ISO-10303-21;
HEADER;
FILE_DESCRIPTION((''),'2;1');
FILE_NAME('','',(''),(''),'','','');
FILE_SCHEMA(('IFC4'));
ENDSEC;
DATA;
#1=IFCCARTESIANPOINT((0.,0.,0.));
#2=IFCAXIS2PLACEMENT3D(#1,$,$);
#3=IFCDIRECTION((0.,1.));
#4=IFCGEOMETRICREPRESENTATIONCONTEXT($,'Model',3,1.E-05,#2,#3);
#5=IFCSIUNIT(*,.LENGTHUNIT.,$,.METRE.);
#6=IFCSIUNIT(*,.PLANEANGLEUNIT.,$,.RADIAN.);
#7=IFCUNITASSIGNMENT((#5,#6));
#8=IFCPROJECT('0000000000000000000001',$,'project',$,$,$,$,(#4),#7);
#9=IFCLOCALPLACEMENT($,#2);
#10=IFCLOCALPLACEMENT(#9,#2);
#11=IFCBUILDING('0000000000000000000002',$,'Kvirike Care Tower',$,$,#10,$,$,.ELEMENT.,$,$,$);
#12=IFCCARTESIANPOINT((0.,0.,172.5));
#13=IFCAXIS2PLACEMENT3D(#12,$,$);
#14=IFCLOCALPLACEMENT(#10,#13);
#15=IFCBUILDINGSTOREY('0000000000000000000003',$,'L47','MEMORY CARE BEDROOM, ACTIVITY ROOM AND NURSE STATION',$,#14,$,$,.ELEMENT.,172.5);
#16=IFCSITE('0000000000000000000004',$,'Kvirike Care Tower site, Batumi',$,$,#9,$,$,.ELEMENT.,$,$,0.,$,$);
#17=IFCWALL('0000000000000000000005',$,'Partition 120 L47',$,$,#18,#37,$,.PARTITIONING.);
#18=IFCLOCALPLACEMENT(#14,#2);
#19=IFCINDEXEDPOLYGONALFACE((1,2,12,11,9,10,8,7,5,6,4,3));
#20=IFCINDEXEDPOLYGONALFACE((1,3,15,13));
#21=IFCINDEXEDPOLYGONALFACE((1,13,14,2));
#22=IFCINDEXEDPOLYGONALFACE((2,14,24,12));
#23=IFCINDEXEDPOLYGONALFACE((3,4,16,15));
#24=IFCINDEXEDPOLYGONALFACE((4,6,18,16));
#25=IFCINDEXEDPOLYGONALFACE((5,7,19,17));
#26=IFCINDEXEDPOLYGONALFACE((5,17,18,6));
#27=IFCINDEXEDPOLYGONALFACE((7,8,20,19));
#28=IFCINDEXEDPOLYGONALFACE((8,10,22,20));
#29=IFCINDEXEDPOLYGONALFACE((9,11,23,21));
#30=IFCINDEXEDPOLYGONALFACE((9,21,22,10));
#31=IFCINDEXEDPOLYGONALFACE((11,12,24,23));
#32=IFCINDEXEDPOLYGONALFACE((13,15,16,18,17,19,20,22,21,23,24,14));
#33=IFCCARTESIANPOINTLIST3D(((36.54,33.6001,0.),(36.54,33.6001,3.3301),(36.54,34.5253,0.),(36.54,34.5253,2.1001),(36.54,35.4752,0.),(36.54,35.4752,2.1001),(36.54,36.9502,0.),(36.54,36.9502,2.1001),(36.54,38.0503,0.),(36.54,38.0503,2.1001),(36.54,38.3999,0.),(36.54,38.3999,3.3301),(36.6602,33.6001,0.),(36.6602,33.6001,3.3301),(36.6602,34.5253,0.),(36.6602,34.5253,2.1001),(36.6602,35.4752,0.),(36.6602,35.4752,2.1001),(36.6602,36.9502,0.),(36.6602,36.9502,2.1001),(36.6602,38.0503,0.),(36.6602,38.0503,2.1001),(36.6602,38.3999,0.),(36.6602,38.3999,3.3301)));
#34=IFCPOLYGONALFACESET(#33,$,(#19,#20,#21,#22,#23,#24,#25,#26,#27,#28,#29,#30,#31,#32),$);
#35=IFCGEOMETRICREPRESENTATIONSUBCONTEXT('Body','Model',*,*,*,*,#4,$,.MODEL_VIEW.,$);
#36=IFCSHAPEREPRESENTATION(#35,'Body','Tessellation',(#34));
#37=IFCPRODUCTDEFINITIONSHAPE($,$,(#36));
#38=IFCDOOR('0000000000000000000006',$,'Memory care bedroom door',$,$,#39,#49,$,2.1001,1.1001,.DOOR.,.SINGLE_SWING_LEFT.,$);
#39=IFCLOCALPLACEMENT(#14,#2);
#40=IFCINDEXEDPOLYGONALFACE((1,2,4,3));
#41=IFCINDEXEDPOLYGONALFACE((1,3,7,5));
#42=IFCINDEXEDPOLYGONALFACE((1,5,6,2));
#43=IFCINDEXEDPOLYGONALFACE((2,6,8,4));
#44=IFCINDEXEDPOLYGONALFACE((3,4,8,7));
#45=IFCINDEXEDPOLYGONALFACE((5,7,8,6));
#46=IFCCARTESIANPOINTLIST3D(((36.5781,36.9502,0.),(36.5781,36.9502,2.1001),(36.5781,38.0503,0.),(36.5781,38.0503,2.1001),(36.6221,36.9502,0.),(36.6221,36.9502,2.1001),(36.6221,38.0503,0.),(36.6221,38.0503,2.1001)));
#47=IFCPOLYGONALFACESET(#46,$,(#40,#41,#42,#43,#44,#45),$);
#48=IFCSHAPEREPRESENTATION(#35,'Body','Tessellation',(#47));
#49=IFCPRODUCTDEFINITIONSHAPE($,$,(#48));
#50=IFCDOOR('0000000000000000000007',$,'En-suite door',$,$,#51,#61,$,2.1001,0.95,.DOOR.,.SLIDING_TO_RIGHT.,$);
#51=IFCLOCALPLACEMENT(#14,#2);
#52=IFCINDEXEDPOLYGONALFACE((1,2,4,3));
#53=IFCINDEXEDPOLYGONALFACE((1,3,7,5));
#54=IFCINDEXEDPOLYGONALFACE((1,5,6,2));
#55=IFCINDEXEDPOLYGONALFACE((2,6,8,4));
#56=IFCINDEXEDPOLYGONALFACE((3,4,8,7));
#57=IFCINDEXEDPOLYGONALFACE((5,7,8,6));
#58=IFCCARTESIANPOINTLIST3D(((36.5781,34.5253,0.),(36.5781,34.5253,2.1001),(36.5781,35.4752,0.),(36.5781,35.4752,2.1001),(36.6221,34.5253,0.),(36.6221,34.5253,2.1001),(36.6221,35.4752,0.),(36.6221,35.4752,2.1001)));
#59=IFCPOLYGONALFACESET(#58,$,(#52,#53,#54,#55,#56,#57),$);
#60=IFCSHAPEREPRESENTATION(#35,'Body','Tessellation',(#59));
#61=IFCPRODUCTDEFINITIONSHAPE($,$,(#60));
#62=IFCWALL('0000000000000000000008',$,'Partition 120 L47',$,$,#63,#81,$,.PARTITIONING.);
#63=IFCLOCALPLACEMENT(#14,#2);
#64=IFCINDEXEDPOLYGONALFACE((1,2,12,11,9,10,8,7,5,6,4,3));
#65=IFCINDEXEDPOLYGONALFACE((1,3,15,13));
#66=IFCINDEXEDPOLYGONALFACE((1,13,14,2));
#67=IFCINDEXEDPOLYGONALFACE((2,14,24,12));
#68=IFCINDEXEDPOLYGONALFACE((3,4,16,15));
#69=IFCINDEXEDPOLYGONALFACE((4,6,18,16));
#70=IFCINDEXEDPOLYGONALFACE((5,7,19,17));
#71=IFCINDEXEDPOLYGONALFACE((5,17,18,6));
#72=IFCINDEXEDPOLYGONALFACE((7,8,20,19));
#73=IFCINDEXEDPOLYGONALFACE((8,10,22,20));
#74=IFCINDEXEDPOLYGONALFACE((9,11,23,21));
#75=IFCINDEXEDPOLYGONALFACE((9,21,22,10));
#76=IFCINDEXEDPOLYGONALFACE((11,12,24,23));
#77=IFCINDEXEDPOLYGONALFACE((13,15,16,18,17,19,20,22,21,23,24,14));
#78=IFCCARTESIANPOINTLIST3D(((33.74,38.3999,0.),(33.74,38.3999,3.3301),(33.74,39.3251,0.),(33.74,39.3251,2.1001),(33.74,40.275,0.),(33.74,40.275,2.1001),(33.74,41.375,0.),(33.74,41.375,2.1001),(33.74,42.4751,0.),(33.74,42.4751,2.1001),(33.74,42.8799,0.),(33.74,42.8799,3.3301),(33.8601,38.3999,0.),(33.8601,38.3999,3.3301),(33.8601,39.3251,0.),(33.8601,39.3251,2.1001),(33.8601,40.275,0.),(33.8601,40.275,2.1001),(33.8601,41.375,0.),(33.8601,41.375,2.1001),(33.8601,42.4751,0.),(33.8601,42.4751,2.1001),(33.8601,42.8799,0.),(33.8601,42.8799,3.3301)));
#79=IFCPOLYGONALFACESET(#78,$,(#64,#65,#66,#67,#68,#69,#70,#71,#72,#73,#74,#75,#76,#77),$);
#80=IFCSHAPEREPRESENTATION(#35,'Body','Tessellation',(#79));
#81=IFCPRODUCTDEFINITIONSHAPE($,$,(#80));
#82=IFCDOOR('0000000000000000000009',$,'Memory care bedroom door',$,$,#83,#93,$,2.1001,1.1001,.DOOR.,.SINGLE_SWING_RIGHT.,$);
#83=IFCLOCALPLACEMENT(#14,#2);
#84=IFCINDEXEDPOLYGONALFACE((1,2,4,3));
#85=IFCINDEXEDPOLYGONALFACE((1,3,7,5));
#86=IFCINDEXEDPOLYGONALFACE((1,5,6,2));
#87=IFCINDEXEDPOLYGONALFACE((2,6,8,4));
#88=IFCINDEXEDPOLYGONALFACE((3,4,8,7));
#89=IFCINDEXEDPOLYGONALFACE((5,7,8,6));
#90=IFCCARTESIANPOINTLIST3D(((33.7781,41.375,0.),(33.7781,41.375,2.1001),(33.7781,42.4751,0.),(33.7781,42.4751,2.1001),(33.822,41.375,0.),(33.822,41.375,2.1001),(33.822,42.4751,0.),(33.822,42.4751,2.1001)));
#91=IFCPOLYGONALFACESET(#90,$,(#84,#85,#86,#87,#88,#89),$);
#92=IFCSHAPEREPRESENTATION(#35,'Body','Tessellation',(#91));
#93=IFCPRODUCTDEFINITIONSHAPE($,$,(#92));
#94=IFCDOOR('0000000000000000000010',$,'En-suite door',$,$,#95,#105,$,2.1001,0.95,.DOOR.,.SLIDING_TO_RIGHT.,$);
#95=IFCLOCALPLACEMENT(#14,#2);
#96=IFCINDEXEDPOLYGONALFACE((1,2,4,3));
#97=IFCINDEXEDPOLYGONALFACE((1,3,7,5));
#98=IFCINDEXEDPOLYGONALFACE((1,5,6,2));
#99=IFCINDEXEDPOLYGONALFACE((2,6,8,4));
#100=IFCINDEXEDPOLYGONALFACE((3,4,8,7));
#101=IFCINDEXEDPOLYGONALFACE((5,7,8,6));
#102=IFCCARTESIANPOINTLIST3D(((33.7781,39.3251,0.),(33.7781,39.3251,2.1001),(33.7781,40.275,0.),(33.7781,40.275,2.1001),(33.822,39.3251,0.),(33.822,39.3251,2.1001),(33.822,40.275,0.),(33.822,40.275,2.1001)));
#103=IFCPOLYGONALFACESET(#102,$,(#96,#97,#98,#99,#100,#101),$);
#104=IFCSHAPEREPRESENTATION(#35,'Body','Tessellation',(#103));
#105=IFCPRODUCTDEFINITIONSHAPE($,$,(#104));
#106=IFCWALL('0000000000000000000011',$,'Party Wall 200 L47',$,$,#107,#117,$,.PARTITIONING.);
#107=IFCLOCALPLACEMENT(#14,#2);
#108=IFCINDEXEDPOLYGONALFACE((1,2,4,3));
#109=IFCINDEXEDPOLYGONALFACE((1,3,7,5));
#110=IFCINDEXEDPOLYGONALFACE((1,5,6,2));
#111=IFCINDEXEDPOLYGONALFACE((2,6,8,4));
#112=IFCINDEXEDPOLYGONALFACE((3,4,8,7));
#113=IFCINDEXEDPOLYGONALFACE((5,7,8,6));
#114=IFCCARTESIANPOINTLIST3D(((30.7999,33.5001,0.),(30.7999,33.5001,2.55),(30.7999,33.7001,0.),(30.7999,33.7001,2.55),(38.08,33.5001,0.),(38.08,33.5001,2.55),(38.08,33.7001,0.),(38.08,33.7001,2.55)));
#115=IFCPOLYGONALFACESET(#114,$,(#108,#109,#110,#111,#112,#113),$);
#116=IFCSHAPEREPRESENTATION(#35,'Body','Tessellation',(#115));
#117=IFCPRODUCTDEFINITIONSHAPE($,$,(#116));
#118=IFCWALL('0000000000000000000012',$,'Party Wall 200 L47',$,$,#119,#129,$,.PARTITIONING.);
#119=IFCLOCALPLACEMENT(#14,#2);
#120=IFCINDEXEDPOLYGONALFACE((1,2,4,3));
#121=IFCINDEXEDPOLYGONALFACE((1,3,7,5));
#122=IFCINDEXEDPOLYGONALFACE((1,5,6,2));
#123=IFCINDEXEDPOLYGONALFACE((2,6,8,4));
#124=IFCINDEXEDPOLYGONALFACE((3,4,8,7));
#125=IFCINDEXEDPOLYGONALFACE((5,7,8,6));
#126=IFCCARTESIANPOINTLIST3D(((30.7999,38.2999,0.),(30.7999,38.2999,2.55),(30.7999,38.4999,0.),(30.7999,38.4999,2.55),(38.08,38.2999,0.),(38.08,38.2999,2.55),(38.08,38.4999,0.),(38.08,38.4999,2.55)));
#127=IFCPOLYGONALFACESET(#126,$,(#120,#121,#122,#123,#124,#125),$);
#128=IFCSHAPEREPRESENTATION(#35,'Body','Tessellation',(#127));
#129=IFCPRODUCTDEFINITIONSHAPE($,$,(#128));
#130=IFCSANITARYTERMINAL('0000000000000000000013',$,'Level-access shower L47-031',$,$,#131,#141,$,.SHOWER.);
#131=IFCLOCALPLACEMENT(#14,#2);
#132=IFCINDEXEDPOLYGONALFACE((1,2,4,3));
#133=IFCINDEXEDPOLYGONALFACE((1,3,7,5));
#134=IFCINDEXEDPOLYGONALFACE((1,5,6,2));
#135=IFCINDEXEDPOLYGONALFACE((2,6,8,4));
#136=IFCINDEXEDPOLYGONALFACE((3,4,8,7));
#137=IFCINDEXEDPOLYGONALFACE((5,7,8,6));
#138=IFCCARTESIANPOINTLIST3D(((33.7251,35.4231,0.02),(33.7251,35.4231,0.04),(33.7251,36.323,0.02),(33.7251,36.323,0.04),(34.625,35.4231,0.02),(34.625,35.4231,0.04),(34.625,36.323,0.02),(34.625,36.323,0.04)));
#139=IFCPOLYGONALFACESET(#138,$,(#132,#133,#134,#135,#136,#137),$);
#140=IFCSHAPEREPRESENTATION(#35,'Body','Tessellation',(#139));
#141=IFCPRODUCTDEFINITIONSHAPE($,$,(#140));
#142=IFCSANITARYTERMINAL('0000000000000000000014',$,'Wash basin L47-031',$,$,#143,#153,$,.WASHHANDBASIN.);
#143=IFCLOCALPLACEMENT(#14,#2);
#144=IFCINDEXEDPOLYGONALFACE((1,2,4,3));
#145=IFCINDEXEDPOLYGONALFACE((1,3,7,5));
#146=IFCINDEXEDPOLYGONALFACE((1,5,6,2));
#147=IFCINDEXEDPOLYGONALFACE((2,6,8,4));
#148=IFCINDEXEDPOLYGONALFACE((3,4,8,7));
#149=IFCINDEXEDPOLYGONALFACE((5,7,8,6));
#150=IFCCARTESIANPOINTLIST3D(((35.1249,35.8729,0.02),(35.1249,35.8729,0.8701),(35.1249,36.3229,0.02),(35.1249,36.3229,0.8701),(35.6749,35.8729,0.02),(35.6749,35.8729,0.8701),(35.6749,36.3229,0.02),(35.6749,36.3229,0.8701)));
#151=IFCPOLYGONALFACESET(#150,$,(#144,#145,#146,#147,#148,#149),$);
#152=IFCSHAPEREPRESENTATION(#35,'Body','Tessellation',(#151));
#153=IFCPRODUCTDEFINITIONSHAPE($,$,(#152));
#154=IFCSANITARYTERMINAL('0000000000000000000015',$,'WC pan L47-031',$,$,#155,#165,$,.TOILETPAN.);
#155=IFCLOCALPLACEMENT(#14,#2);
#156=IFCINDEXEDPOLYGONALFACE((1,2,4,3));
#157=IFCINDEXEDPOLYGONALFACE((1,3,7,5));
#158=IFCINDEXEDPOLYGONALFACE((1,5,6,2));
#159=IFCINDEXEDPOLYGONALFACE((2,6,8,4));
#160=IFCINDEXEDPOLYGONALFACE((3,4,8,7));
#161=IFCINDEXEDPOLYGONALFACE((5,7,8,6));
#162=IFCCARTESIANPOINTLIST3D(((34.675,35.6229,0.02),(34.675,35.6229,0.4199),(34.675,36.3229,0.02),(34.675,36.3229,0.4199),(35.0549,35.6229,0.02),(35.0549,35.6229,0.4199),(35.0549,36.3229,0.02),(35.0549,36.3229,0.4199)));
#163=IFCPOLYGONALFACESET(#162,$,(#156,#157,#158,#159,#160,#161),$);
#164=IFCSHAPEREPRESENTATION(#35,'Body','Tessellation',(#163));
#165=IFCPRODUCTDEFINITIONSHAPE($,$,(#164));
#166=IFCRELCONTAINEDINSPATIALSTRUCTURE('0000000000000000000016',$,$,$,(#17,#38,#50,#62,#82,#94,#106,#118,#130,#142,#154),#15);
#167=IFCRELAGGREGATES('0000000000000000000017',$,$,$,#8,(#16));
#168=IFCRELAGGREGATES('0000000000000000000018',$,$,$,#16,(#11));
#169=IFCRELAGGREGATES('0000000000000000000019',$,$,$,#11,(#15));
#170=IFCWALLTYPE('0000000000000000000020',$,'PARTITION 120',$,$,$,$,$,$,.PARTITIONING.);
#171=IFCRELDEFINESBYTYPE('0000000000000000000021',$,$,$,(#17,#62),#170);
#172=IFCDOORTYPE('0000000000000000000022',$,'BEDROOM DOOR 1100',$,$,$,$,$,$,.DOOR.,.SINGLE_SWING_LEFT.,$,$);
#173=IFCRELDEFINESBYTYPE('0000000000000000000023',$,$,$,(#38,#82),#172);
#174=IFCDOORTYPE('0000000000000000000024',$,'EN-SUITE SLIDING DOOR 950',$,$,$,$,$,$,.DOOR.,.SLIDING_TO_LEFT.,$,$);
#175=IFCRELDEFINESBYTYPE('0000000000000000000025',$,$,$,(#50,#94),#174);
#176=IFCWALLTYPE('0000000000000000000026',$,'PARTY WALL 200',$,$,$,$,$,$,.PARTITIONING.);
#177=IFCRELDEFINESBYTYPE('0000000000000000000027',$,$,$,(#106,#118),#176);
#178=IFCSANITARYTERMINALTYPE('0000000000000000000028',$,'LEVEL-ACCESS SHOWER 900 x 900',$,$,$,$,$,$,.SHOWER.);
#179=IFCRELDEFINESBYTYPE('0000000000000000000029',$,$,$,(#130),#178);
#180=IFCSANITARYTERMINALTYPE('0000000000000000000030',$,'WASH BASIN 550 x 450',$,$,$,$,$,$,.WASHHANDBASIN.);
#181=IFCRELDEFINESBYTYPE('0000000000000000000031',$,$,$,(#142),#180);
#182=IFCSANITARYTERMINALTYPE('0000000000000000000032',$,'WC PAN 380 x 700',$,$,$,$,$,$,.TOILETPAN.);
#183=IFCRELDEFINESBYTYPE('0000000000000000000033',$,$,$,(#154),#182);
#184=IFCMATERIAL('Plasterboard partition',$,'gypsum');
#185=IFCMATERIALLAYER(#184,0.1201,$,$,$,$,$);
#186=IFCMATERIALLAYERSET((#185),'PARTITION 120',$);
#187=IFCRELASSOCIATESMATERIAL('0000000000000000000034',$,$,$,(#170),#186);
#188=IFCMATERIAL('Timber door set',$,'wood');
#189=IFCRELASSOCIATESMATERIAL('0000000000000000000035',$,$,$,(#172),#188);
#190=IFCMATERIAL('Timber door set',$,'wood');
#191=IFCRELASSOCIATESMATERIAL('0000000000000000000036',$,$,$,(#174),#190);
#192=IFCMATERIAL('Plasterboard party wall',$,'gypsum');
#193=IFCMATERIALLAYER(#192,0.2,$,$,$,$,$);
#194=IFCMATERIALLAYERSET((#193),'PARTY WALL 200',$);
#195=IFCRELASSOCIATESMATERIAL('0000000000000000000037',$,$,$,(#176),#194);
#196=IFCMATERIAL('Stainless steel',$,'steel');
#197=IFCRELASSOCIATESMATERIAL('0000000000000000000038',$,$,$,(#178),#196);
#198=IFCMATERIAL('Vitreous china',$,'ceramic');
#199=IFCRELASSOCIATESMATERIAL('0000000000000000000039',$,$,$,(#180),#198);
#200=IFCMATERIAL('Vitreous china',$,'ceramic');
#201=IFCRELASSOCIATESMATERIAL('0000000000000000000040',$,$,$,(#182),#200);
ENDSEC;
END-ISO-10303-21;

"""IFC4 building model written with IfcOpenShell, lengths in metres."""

from ifc_helpers import new_model, si_unit, direction, frame, frame_2d, origin, origin_2d, place, context, subcontext, project, spatial, rectangle, extrude, material, layer, layer_set, type_object, element, fill, save


model = new_model("IFC4")

# Units and contexts
model_context = context("Model", 3, precision=1e-05, world=origin(), true_north=direction((0.0, 1.0)))
body_context = subcontext(model_context, "Body", "Model", "MODEL_VIEW")
ifc_project = project(units=[si_unit("LENGTHUNIT", "METRE"), si_unit("PLANEANGLEUNIT", "RADIAN")], contexts=[model_context])

# Site, building, storey
site_placement = place(None, origin())
site = spatial("IfcSite", under=ifc_project, at=site_placement, Name="Kvirike Care Tower site, Batumi", CompositionType="ELEMENT", RefElevation=0.0)
building_placement = place(site_placement, origin())
building = spatial("IfcBuilding", under=site, at=building_placement, Name="Kvirike Care Tower", CompositionType="ELEMENT")
storey_placement = place(building_placement, frame((0.0, 0.0, 172.5)))
storey = spatial("IfcBuildingStorey", under=building, at=storey_placement, Name="L47", Description="MEMORY CARE BEDROOM, ACTIVITY ROOM AND NURSE STATION", CompositionType="ELEMENT", Elevation=172.5)

# Walls, openings, doors
ifc_material_1 = material(Name="Plasterboard partition", Category="gypsum")
ifc_layer_1 = layer(ifc_material_1, 0.1201)
ifc_layer_set_1 = layer_set([ifc_layer_1], Name="PARTITION 120")
wall_type_1 = type_object("IfcWallType", Name="PARTITION 120", PredefinedType="PARTITIONING", material=ifc_layer_set_1)
wall_1_placement = place(storey_placement, frame((36.6001, 33.6001, 0.0), z_axis=(0.0, 0.0, 1.0), x_axis=(0.0, 1.0, 0.0)))
wall_1 = element("IfcWall", 1, at=wall_1_placement, inside=storey, type_object=wall_type_1, Name="Partition 120 L47", PredefinedType="PARTITIONING", context=body_context, shape_type="SweptSolid", body=[
    extrude(rectangle(XDim=4.7998, YDim=0.1201, at=frame_2d((2.3999, 0.0))), origin(), (0.0, 0.0, 1.0), 3.3301),
])
opening_1_placement = place(wall_1_placement, frame((3.3501, 0.0, 0.0)))
opening_1 = element("IfcOpeningElement", 2, at=opening_1_placement, cuts=wall_1, PredefinedType="OPENING", context=body_context, shape_type="SweptSolid", body=[
    extrude(rectangle(XDim=1.1001, YDim=2.1001, at=frame_2d((0.55, 1.05))), frame((0.0, 0.0706, 0.0), z_axis=(0.0, -1.0, 0.0), x_axis=(1.0, 0.0, 0.0)), (0.0, 0.0, 1.0), 0.1411),
])
opening_2_placement = place(wall_1_placement, frame((0.925, 0.0, 0.0)))
opening_2 = element("IfcOpeningElement", 3, at=opening_2_placement, cuts=wall_1, PredefinedType="OPENING", context=body_context, shape_type="SweptSolid", body=[
    extrude(rectangle(XDim=0.95, YDim=2.1001, at=frame_2d((0.4751, 1.05))), frame((0.0, 0.0706, 0.0), z_axis=(0.0, -1.0, 0.0), x_axis=(1.0, 0.0, 0.0)), (0.0, 0.0, 1.0), 0.1411),
])
ifc_material_2 = material(Name="Timber door set", Category="wood")
door_type_1 = type_object("IfcDoorType", Name="BEDROOM DOOR 1100", OperationType="SINGLE_SWING_LEFT", PredefinedType="DOOR", material=ifc_material_2)
door_1_placement = place(opening_1_placement, origin())
door_1 = element("IfcDoor", 4, at=door_1_placement, inside=storey, type_object=door_type_1, Name="Memory care bedroom door", OperationType="SINGLE_SWING_LEFT", OverallHeight=2.1001, OverallWidth=1.1001, PredefinedType="DOOR", context=body_context, shape_type="SweptSolid", body=[
    extrude(rectangle(XDim=1.1001, YDim=2.1001, at=frame_2d((0.55, 1.05))), frame((0.0, 0.022, 0.0), z_axis=(0.0, -1.0, 0.0), x_axis=(1.0, 0.0, 0.0)), (0.0, 0.0, 1.0), 0.0439),
])
fill(opening_1, door_1)
ifc_material_3 = material(Name="Timber door set", Category="wood")
door_type_2 = type_object("IfcDoorType", Name="EN-SUITE SLIDING DOOR 950", OperationType="SLIDING_TO_LEFT", PredefinedType="DOOR", material=ifc_material_3)
door_2_placement = place(opening_2_placement, origin())
door_2 = element("IfcDoor", 5, at=door_2_placement, inside=storey, type_object=door_type_2, Name="En-suite door", OperationType="SLIDING_TO_RIGHT", OverallHeight=2.1001, OverallWidth=0.95, PredefinedType="DOOR", context=body_context, shape_type="SweptSolid", body=[
    extrude(rectangle(XDim=0.95, YDim=2.1001, at=frame_2d((0.4751, 1.05))), frame((0.0, 0.022, 0.0), z_axis=(0.0, -1.0, 0.0), x_axis=(1.0, 0.0, 0.0)), (0.0, 0.0, 1.0), 0.0439),
])
fill(opening_2, door_2)
wall_2_placement = place(storey_placement, frame((33.8, 38.3999, 0.0), z_axis=(0.0, 0.0, 1.0), x_axis=(0.0, 1.0, 0.0)))
wall_2 = element("IfcWall", 6, at=wall_2_placement, inside=storey, type_object=wall_type_1, Name="Partition 120 L47", PredefinedType="PARTITIONING", context=body_context, shape_type="SweptSolid", body=[
    extrude(rectangle(XDim=4.48, YDim=0.1201, at=frame_2d((2.24, 0.0))), origin(), (0.0, 0.0, 1.0), 3.3301),
])
opening_3_placement = place(wall_2_placement, frame((2.9751, 0.0, 0.0)))
opening_3 = element("IfcOpeningElement", 7, at=opening_3_placement, cuts=wall_2, PredefinedType="OPENING", context=body_context, shape_type="SweptSolid", body=[
    extrude(rectangle(XDim=1.1001, YDim=2.1001, at=frame_2d((0.55, 1.05))), frame((0.0, 0.0706, 0.0), z_axis=(0.0, -1.0, 0.0), x_axis=(1.0, 0.0, 0.0)), (0.0, 0.0, 1.0), 0.1411),
])
opening_4_placement = place(wall_2_placement, frame((0.925, 0.0, 0.0)))
opening_4 = element("IfcOpeningElement", 8, at=opening_4_placement, cuts=wall_2, PredefinedType="OPENING", context=body_context, shape_type="SweptSolid", body=[
    extrude(rectangle(XDim=0.95, YDim=2.1001, at=frame_2d((0.4751, 1.05))), frame((0.0, 0.0706, 0.0), z_axis=(0.0, -1.0, 0.0), x_axis=(1.0, 0.0, 0.0)), (0.0, 0.0, 1.0), 0.1411),
])
door_3_placement = place(opening_3_placement, origin())
door_3 = element("IfcDoor", 9, at=door_3_placement, inside=storey, type_object=door_type_1, Name="Memory care bedroom door", OperationType="SINGLE_SWING_RIGHT", OverallHeight=2.1001, OverallWidth=1.1001, PredefinedType="DOOR", context=body_context, shape_type="SweptSolid", body=[
    extrude(rectangle(XDim=1.1001, YDim=2.1001, at=frame_2d((0.55, 1.05))), frame((0.0, 0.022, 0.0), z_axis=(0.0, -1.0, 0.0), x_axis=(1.0, 0.0, 0.0)), (0.0, 0.0, 1.0), 0.0439),
])
fill(opening_3, door_3)
door_4_placement = place(opening_4_placement, origin())
door_4 = element("IfcDoor", 10, at=door_4_placement, inside=storey, type_object=door_type_2, Name="En-suite door", OperationType="SLIDING_TO_RIGHT", OverallHeight=2.1001, OverallWidth=0.95, PredefinedType="DOOR", context=body_context, shape_type="SweptSolid", body=[
    extrude(rectangle(XDim=0.95, YDim=2.1001, at=frame_2d((0.4751, 1.05))), frame((0.0, 0.022, 0.0), z_axis=(0.0, -1.0, 0.0), x_axis=(1.0, 0.0, 0.0)), (0.0, 0.0, 1.0), 0.0439),
])
fill(opening_4, door_4)

# Walls
ifc_material_4 = material(Name="Plasterboard party wall", Category="gypsum")
ifc_layer_2 = layer(ifc_material_4, 0.2)
ifc_layer_set_2 = layer_set([ifc_layer_2], Name="PARTY WALL 200")
wall_type_2 = type_object("IfcWallType", Name="PARTY WALL 200", PredefinedType="PARTITIONING", material=ifc_layer_set_2)
for number, where, z_axis, x_axis, name in (
    (11, (38.0801, 33.6001, 0.0), (0.0, 0.0, 1.0), (-1.0, 0.0, 0.0), "Party Wall 200 L47"),
    (12, (38.0801, 38.3999, 0.0), (0.0, 0.0, 1.0), (-1.0, 0.0, 0.0), "Party Wall 200 L47"),
):
    element("IfcWall", number, at=place(storey_placement, frame(where, z_axis=z_axis, x_axis=x_axis)), inside=storey, type_object=wall_type_2, Name=name, PredefinedType="PARTITIONING", context=body_context, shape_type="SweptSolid", body=[
        extrude(rectangle(XDim=7.28, YDim=0.2, at=frame_2d((3.6401, 0.0))), origin(), (0.0, 0.0, 1.0), 2.55),
    ])

# Sanitary terminals
ifc_material_5 = material(Name="Stainless steel", Category="steel")
sanitary_terminal_type_1 = type_object("IfcSanitaryTerminalType", Name="LEVEL-ACCESS SHOWER 900 x 900", PredefinedType="SHOWER", material=ifc_material_5)
sanitary_terminal_1_placement = place(storey_placement, frame((34.175, 35.873, 0.02), z_axis=(0.0, 0.0, 1.0), x_axis=(1.0, 0.0, 0.0)))
element("IfcSanitaryTerminal", 13, at=sanitary_terminal_1_placement, inside=storey, type_object=sanitary_terminal_type_1, Name="Level-access shower L47-031", PredefinedType="SHOWER", context=body_context, shape_type="SweptSolid", body=[
    extrude(rectangle(XDim=0.8999, YDim=0.8999, at=origin_2d()), origin(), (0.0, 0.0, 1.0), 0.02),
])
ifc_material_6 = material(Name="Vitreous china", Category="ceramic")
sanitary_terminal_type_2 = type_object("IfcSanitaryTerminalType", Name="WASH BASIN 550 x 450", PredefinedType="WASHHANDBASIN", material=ifc_material_6)
sanitary_terminal_2_placement = place(storey_placement, frame((35.3999, 36.0979, 0.02), z_axis=(0.0, 0.0, 1.0), x_axis=(1.0, 0.0, 0.0)))
element("IfcSanitaryTerminal", 14, at=sanitary_terminal_2_placement, inside=storey, type_object=sanitary_terminal_type_2, Name="Wash basin L47-031", PredefinedType="WASHHANDBASIN", context=body_context, shape_type="SweptSolid", body=[
    extrude(rectangle(XDim=0.55, YDim=0.45, at=origin_2d()), origin(), (0.0, 0.0, 1.0), 0.8501),
])
ifc_material_7 = material(Name="Vitreous china", Category="ceramic")
sanitary_terminal_type_3 = type_object("IfcSanitaryTerminalType", Name="WC PAN 380 x 700", PredefinedType="TOILETPAN", material=ifc_material_7)
sanitary_terminal_3_placement = place(storey_placement, frame((34.865, 35.9729, 0.02), z_axis=(0.0, 0.0, 1.0), x_axis=(1.0, 0.0, 0.0)))
element("IfcSanitaryTerminal", 15, at=sanitary_terminal_3_placement, inside=storey, type_object=sanitary_terminal_type_3, Name="WC pan L47-031", PredefinedType="TOILETPAN", context=body_context, shape_type="SweptSolid", body=[
    extrude(rectangle(XDim=0.3799, YDim=0.7, at=origin_2d()), origin(), (0.0, 0.0, 1.0), 0.3999),
])

save(model, "model.ifc")
